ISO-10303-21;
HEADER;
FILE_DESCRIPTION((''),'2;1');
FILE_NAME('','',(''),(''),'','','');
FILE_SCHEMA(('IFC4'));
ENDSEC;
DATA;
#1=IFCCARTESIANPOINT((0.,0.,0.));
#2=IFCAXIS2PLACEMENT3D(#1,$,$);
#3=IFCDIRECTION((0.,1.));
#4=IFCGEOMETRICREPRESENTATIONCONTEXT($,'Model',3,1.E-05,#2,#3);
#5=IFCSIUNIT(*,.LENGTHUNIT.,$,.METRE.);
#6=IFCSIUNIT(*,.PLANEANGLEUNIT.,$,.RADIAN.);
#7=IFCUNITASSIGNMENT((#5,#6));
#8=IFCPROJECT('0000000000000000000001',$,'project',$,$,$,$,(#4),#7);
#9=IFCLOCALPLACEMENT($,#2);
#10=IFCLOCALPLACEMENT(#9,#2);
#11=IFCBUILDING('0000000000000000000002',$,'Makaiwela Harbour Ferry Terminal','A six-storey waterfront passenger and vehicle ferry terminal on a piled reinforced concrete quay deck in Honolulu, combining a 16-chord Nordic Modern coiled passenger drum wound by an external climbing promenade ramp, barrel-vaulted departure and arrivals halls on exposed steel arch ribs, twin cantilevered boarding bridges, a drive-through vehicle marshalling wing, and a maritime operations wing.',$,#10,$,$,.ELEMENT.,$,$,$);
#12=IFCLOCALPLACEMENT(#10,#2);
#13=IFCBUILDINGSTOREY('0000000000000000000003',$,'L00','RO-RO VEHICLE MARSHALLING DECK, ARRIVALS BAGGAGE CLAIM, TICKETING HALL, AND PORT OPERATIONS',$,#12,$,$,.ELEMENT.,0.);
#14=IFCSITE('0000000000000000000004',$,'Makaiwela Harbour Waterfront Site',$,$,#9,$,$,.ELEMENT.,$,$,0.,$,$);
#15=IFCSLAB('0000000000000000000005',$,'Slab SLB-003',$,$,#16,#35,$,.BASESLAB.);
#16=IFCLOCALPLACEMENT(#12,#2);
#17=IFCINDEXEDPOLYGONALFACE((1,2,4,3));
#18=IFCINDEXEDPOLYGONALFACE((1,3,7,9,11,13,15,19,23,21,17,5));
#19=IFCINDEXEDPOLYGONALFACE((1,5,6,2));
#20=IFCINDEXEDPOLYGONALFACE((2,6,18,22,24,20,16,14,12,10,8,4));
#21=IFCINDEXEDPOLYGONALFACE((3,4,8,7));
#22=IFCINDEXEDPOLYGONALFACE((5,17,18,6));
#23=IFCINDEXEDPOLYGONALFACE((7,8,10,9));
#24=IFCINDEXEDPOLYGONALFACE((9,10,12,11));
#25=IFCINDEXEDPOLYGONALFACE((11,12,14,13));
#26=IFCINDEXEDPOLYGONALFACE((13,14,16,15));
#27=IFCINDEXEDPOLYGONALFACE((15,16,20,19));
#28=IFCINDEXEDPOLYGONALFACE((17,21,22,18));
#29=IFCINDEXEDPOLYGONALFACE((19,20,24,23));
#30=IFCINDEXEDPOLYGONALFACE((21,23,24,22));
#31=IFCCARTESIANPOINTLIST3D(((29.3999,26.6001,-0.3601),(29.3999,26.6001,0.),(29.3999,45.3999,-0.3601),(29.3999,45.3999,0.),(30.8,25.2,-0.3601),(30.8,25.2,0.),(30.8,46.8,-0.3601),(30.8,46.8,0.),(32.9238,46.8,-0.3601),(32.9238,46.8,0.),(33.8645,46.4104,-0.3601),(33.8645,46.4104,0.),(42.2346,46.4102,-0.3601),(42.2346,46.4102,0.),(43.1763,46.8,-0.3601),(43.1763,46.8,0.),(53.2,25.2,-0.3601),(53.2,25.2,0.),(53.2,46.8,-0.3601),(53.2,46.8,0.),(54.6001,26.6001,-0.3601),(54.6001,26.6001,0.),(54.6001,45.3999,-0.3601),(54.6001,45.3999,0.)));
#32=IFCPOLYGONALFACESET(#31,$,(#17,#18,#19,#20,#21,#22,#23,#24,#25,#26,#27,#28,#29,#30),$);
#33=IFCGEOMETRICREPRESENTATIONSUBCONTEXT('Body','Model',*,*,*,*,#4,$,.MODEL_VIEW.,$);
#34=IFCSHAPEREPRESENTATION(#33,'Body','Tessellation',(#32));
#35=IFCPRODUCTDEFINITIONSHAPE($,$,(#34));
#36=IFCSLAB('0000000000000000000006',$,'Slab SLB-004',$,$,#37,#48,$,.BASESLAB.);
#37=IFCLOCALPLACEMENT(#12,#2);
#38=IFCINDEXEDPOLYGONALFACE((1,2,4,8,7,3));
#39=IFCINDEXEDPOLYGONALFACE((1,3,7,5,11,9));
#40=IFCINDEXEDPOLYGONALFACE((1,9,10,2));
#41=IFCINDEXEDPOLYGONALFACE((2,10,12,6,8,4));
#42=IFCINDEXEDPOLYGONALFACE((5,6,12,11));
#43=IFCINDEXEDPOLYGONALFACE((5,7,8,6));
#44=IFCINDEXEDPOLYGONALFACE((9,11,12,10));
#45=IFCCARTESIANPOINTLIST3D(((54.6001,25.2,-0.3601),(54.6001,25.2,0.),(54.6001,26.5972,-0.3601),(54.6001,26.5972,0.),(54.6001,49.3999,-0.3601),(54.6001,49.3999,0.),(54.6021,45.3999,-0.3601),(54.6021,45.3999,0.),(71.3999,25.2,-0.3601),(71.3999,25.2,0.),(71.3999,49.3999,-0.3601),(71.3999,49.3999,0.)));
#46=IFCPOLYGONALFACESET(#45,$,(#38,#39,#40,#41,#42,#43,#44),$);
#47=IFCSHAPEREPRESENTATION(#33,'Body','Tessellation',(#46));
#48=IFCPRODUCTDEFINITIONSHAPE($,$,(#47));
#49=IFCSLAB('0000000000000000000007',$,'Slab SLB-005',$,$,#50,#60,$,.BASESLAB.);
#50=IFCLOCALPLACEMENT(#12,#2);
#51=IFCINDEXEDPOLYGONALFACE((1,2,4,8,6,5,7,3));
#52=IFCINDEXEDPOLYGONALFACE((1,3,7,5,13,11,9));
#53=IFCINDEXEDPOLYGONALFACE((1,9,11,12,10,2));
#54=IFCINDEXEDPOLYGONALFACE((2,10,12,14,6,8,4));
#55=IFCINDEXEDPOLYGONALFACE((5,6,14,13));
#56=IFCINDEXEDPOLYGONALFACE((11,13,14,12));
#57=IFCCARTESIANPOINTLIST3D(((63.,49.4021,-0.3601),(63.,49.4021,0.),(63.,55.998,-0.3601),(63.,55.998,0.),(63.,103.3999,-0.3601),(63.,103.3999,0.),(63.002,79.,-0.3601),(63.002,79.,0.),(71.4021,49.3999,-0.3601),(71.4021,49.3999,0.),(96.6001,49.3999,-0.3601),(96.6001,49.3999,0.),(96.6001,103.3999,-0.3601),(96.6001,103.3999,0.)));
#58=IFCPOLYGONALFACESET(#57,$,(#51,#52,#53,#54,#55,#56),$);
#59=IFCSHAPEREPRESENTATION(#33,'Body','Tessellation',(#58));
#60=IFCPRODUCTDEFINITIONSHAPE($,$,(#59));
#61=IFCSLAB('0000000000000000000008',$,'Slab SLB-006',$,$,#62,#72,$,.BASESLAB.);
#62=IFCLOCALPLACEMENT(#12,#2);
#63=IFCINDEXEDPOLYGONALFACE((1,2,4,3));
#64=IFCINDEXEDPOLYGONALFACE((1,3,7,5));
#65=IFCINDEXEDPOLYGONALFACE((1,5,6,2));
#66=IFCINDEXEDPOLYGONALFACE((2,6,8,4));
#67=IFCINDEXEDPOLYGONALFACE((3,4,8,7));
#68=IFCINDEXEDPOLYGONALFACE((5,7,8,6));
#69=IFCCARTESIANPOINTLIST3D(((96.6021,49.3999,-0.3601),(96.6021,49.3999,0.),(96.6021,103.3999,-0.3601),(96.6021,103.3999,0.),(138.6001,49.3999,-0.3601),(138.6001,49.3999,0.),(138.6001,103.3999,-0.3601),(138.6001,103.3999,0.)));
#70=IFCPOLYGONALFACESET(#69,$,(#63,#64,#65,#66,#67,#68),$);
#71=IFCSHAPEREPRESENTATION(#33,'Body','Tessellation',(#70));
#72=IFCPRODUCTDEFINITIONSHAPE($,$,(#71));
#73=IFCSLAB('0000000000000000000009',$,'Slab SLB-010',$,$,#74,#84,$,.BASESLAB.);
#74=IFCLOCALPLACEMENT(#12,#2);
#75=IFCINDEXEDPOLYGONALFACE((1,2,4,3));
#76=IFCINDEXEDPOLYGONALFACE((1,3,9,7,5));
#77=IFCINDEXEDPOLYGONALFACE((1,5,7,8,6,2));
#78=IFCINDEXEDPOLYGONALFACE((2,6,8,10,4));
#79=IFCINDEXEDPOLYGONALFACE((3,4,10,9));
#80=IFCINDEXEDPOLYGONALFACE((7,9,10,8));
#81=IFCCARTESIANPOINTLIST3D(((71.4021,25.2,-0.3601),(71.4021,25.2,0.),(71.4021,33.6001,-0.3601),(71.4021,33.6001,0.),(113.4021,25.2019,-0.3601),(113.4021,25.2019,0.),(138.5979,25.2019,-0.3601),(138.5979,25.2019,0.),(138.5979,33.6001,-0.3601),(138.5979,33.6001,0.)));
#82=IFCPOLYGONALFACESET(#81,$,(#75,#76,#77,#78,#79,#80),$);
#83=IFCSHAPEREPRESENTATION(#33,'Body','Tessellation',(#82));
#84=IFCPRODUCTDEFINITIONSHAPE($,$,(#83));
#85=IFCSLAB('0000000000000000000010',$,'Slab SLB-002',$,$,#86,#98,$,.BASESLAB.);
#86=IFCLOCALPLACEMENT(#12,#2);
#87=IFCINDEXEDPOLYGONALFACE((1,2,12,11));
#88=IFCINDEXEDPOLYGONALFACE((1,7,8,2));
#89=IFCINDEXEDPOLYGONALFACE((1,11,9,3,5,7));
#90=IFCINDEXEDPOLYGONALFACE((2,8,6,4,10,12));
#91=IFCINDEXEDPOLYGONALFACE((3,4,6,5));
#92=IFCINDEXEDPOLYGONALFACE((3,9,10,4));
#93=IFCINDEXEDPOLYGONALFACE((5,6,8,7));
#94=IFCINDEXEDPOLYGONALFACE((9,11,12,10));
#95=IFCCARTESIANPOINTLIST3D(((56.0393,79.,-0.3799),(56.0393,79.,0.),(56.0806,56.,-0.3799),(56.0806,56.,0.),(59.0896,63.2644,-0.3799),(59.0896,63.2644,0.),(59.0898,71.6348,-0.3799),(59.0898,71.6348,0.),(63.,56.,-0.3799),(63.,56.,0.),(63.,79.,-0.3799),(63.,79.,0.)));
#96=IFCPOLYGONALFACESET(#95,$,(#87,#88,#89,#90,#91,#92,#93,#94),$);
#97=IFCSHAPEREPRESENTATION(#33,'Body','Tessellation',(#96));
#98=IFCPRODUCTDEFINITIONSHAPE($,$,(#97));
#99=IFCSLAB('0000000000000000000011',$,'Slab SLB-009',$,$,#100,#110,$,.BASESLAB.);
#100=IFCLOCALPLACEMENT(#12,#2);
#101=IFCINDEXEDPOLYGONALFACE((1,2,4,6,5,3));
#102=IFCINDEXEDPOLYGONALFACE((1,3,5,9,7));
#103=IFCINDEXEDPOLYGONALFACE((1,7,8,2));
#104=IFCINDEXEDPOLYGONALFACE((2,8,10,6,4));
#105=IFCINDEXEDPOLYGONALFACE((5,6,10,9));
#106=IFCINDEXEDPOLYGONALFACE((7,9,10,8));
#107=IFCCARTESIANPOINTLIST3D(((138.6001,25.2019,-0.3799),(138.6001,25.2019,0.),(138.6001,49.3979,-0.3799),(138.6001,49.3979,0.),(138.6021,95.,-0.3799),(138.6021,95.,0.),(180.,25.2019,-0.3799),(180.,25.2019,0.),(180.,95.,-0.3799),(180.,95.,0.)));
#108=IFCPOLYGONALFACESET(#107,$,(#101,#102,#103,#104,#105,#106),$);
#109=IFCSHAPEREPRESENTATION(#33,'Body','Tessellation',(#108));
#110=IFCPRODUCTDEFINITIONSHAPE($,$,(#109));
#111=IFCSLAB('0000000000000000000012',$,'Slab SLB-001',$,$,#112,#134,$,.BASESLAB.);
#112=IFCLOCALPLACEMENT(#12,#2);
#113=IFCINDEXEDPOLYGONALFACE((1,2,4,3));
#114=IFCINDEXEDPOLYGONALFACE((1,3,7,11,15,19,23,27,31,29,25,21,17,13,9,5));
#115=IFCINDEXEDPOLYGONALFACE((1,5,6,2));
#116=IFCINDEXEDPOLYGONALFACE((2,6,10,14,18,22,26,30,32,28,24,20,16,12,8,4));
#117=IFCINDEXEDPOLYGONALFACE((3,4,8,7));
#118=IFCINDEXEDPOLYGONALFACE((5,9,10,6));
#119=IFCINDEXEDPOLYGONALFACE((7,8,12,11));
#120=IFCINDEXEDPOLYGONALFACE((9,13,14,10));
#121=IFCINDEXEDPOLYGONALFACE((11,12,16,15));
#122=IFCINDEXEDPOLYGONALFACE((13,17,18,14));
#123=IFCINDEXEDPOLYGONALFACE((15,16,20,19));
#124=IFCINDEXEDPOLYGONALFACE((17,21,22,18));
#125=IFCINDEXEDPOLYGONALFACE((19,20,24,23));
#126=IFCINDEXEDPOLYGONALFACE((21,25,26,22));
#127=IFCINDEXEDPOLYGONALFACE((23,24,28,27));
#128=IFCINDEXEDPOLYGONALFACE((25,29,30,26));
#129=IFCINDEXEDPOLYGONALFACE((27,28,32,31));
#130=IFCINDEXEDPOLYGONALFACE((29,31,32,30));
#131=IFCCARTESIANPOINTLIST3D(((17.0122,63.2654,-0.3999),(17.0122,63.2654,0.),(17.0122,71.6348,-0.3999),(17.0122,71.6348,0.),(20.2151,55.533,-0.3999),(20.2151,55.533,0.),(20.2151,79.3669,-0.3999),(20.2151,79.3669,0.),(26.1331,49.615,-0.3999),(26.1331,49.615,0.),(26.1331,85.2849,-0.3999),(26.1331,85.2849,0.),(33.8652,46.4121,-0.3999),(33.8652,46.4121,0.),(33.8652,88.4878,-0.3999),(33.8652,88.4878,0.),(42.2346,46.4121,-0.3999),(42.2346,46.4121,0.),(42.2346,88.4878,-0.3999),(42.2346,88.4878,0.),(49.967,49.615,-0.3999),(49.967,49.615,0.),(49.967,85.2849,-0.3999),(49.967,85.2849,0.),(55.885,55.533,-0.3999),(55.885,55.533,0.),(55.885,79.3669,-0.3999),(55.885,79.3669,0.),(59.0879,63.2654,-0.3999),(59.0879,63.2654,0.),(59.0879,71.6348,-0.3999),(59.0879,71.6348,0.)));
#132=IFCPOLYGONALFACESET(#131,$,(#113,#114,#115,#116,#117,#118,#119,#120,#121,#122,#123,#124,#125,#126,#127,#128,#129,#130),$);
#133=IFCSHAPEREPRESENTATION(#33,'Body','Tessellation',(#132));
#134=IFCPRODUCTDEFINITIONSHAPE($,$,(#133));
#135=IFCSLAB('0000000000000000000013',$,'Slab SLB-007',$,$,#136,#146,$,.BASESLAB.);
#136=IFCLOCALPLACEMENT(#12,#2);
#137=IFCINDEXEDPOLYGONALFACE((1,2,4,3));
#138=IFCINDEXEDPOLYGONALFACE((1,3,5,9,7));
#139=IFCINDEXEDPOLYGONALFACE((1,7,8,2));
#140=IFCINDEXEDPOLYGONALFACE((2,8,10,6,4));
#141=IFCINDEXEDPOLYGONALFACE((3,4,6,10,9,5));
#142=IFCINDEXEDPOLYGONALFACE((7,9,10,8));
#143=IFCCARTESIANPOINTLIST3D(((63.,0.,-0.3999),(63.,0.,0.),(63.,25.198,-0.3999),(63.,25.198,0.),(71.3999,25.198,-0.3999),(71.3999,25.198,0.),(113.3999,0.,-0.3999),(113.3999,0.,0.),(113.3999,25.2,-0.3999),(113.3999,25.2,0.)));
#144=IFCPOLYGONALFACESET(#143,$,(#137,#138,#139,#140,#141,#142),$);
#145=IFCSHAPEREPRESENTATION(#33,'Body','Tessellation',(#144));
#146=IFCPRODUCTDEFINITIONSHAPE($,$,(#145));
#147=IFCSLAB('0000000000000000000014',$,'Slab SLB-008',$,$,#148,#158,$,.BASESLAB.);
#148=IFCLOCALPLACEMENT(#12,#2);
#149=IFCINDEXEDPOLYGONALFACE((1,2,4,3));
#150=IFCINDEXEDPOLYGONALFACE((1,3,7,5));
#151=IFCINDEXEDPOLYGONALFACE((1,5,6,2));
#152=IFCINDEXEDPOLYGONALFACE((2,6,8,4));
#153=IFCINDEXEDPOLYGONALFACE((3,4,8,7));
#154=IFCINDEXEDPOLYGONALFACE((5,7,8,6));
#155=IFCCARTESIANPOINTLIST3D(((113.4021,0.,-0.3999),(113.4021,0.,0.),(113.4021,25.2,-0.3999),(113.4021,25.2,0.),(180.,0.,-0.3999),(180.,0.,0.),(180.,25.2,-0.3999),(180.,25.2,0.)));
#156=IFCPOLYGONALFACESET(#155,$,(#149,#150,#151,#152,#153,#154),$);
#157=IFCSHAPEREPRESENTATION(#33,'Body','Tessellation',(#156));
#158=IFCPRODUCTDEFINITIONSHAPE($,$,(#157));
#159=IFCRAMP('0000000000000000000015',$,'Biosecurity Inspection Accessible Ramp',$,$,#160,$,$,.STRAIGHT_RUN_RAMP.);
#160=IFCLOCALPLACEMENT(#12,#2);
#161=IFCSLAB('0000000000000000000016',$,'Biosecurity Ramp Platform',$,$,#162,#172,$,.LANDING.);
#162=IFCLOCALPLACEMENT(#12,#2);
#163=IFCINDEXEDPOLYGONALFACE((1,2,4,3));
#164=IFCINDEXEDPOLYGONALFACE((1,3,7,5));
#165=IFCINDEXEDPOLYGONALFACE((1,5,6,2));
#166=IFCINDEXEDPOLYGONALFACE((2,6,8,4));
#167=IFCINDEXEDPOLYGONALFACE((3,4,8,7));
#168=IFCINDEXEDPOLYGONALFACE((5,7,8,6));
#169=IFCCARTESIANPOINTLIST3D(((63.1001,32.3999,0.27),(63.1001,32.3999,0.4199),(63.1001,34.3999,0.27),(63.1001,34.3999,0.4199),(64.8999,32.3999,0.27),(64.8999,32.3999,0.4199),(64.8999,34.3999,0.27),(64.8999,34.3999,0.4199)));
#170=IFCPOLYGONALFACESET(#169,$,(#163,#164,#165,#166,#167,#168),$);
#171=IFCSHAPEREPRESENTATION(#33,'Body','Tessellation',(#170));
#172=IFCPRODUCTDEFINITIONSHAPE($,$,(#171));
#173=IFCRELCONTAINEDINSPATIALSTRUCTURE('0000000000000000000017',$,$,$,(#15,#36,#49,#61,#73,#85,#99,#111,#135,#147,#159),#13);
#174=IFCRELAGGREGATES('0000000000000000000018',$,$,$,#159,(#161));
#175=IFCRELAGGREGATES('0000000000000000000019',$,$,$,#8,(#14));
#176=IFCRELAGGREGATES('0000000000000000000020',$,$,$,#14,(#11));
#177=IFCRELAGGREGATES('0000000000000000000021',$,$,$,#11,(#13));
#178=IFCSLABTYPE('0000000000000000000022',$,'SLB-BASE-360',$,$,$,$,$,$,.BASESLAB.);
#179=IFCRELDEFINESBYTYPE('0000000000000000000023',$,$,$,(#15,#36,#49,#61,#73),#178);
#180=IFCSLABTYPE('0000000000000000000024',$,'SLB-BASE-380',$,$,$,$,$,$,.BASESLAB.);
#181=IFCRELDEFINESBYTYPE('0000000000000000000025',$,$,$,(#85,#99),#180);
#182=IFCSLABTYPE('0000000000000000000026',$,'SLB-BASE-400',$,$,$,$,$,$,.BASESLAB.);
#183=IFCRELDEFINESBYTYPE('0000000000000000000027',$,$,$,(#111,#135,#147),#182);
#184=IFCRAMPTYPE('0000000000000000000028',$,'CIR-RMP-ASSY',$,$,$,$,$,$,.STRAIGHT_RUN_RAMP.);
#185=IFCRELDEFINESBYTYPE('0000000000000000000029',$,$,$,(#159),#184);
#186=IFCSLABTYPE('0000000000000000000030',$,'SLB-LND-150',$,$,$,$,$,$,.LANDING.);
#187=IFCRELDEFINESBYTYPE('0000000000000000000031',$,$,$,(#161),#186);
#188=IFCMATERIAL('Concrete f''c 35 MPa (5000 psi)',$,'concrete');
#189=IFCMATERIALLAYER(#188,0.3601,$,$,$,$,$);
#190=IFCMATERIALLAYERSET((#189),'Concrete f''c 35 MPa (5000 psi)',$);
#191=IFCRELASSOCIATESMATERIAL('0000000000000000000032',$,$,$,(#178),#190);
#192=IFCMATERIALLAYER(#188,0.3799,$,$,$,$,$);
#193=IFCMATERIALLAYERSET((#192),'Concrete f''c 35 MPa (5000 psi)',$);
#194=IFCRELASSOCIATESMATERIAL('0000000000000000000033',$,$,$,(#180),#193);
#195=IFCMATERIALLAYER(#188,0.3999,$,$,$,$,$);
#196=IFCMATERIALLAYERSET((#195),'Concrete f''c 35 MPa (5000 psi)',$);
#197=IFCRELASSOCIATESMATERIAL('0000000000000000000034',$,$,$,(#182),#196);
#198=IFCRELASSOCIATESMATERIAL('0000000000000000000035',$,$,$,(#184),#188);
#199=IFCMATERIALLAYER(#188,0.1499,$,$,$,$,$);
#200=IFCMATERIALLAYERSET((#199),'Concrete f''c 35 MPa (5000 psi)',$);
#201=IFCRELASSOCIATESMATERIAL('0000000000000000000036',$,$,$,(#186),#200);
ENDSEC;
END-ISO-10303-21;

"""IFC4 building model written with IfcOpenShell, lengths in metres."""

from ifc_helpers import new_model, si_unit, direction, frame, origin, place, context, subcontext, project, spatial, polyline, outline, extrude, material, layer, layer_set, type_object, element, aggregate, save


model = new_model("IFC4")

# Units and contexts
model_context = context("Model", 3, precision=1e-05, world=origin(), true_north=direction((0.0, 1.0)))
body_context = subcontext(model_context, "Body", "Model", "MODEL_VIEW")
ifc_project = project(units=[si_unit("LENGTHUNIT", "METRE"), si_unit("PLANEANGLEUNIT", "RADIAN")], contexts=[model_context])

# Site, building, storey
site_placement = place(None, origin())
site = spatial("IfcSite", under=ifc_project, at=site_placement, Name="Makaiwela Harbour Waterfront Site", CompositionType="ELEMENT", RefElevation=0.0)
building_placement = place(site_placement, origin())
building = spatial("IfcBuilding", under=site, at=building_placement, Name="Makaiwela Harbour Ferry Terminal", Description="A six-storey waterfront passenger and vehicle ferry terminal on a piled reinforced concrete quay deck in Honolulu, combining a 16-chord Nordic Modern coiled passenger drum wound by an external climbing promenade ramp, barrel-vaulted departure and arrivals halls on exposed steel arch ribs, twin cantilevered boarding bridges, a drive-through vehicle marshalling wing, and a maritime operations wing.", CompositionType="ELEMENT")
storey_placement = place(building_placement, origin())
storey = spatial("IfcBuildingStorey", under=building, at=storey_placement, Name="L00", Description="RO-RO VEHICLE MARSHALLING DECK, ARRIVALS BAGGAGE CLAIM, TICKETING HALL, AND PORT OPERATIONS", CompositionType="ELEMENT", Elevation=0.0)

# Slabs
ifc_material_1 = material(Name="Concrete f'c 35 MPa (5000 psi)", Category="concrete")
ifc_layer_1 = layer(ifc_material_1, 0.3601)
ifc_layer_set_1 = layer_set([ifc_layer_1], Name="Concrete f'c 35 MPa (5000 psi)")
slab_type_1 = type_object("IfcSlabType", Name="SLB-BASE-360", PredefinedType="BASESLAB", material=ifc_layer_set_1)
slab_1_placement = place(storey_placement, frame((0.0, 0.0, -0.3601)))
element("IfcSlab", 1, at=slab_1_placement, inside=storey, type_object=slab_type_1, Name="Slab SLB-003", PredefinedType="BASESLAB", context=body_context, shape_type="SweptSolid", body=[
    extrude(outline(polyline([(43.1763, 46.8), (42.2346, 46.4102), (33.8645, 46.4104), (32.9238, 46.8), (30.8, 46.8), (29.3999, 45.3999), (29.3999, 26.6001), (30.8, 25.2), (53.2, 25.2), (54.6001, 26.6001), (54.6001, 45.3999), (53.2, 46.8), (43.1763, 46.8)])), origin(), (0.0, 0.0, 1.0), 0.3601),
])
slab_2_placement = place(storey_placement, frame((0.0, 0.0, -0.3601)))
element("IfcSlab", 2, at=slab_2_placement, inside=storey, type_object=slab_type_1, Name="Slab SLB-004", PredefinedType="BASESLAB", context=body_context, shape_type="SweptSolid", body=[
    extrude(outline(polyline([(54.6021, 45.3999), (54.6001, 26.5972), (54.6001, 25.2), (71.3999, 25.2), (71.3999, 49.3999), (54.6001, 49.3999), (54.6021, 45.3999)])), origin(), (0.0, 0.0, 1.0), 0.3601),
])
slab_3_placement = place(storey_placement, frame((0.0, 0.0, -0.3601)))
element("IfcSlab", 3, at=slab_3_placement, inside=storey, type_object=slab_type_1, Name="Slab SLB-005", PredefinedType="BASESLAB", context=body_context, shape_type="SweptSolid", body=[
    extrude(outline(polyline([(63.002, 79.0), (63.0, 55.998), (63.0, 49.4021), (71.4021, 49.3999), (96.6001, 49.3999), (96.6001, 103.3999), (63.0, 103.3999), (63.002, 79.0)])), origin(), (0.0, 0.0, 1.0), 0.3601),
])
slab_4_placement = place(storey_placement, frame((0.0, 0.0, -0.3601)))
element("IfcSlab", 4, at=slab_4_placement, inside=storey, type_object=slab_type_1, Name="Slab SLB-006", PredefinedType="BASESLAB", context=body_context, shape_type="SweptSolid", body=[
    extrude(outline(polyline([(96.6021, 103.3999), (96.6021, 49.3999), (138.6001, 49.3999), (138.6001, 103.3999), (96.6021, 103.3999)])), origin(), (0.0, 0.0, 1.0), 0.3601),
])
slab_5_placement = place(storey_placement, frame((0.0, 0.0, -0.3601)))
element("IfcSlab", 5, at=slab_5_placement, inside=storey, type_object=slab_type_1, Name="Slab SLB-010", PredefinedType="BASESLAB", context=body_context, shape_type="SweptSolid", body=[
    extrude(outline(polyline([(71.4021, 33.6001), (71.4021, 25.2), (113.4021, 25.2019), (138.5979, 25.2019), (138.5979, 33.6001), (71.4021, 33.6001)])), origin(), (0.0, 0.0, 1.0), 0.3601),
])
ifc_layer_2 = layer(ifc_material_1, 0.3799)
ifc_layer_set_2 = layer_set([ifc_layer_2], Name="Concrete f'c 35 MPa (5000 psi)")
slab_type_2 = type_object("IfcSlabType", Name="SLB-BASE-380", PredefinedType="BASESLAB", material=ifc_layer_set_2)
slab_6_placement = place(storey_placement, frame((0.0, 0.0, -0.3799)))
element("IfcSlab", 6, at=slab_6_placement, inside=storey, type_object=slab_type_2, Name="Slab SLB-002", PredefinedType="BASESLAB", context=body_context, shape_type="SweptSolid", body=[
    extrude(outline(polyline([(56.0393, 79.0), (59.0898, 71.6348), (59.0896, 63.2644), (56.0806, 56.0), (63.0, 56.0), (63.0, 79.0), (56.0393, 79.0)])), origin(), (0.0, 0.0, 1.0), 0.3799),
])
slab_7_placement = place(storey_placement, frame((0.0, 0.0, -0.3799)))
element("IfcSlab", 7, at=slab_7_placement, inside=storey, type_object=slab_type_2, Name="Slab SLB-009", PredefinedType="BASESLAB", context=body_context, shape_type="SweptSolid", body=[
    extrude(outline(polyline([(138.6021, 95.0), (138.6001, 49.3979), (138.6001, 25.2019), (180.0, 25.2019), (180.0, 95.0), (138.6021, 95.0)])), origin(), (0.0, 0.0, 1.0), 0.3799),
])
ifc_layer_3 = layer(ifc_material_1, 0.3999)
ifc_layer_set_3 = layer_set([ifc_layer_3], Name="Concrete f'c 35 MPa (5000 psi)")
slab_type_3 = type_object("IfcSlabType", Name="SLB-BASE-400", PredefinedType="BASESLAB", material=ifc_layer_set_3)
slab_8_placement = place(storey_placement, frame((0.0, 0.0, -0.3999)))
element("IfcSlab", 8, at=slab_8_placement, inside=storey, type_object=slab_type_3, Name="Slab SLB-001", PredefinedType="BASESLAB", context=body_context, shape_type="SweptSolid", body=[
    extrude(outline(polyline([(59.0879, 71.6348), (55.885, 79.3669), (49.967, 85.2849), (42.2346, 88.4878), (33.8652, 88.4878), (26.1331, 85.2849), (20.2151, 79.3669), (17.0122, 71.6348), (17.0122, 63.2654), (20.2151, 55.533), (26.1331, 49.615), (33.8652, 46.4121), (42.2346, 46.4121), (49.967, 49.615), (55.885, 55.533), (59.0879, 63.2654), (59.0879, 71.6348)])), origin(), (0.0, 0.0, 1.0), 0.3999),
])
slab_9_placement = place(storey_placement, frame((0.0, 0.0, -0.3999)))
element("IfcSlab", 9, at=slab_9_placement, inside=storey, type_object=slab_type_3, Name="Slab SLB-007", PredefinedType="BASESLAB", context=body_context, shape_type="SweptSolid", body=[
    extrude(outline(polyline([(71.3999, 25.198), (63.0, 25.198), (63.0, 0.0), (113.3999, 0.0), (113.3999, 25.2), (71.3999, 25.198)])), origin(), (0.0, 0.0, 1.0), 0.3999),
])
slab_10_placement = place(storey_placement, frame((0.0, 0.0, -0.3999)))
element("IfcSlab", 10, at=slab_10_placement, inside=storey, type_object=slab_type_3, Name="Slab SLB-008", PredefinedType="BASESLAB", context=body_context, shape_type="SweptSolid", body=[
    extrude(outline(polyline([(113.4021, 25.2), (113.4021, 0.0), (180.0, 0.0), (180.0, 25.2), (113.4021, 25.2)])), origin(), (0.0, 0.0, 1.0), 0.3999),
])

# Ramp, slab
ramp_type = type_object("IfcRampType", Name="CIR-RMP-ASSY", PredefinedType="STRAIGHT_RUN_RAMP", material=ifc_material_1)
ramp_1_placement = place(storey_placement, origin())
ramp_1 = element("IfcRamp", 11, at=ramp_1_placement, inside=storey, type_object=ramp_type, Name="Biosecurity Inspection Accessible Ramp", PredefinedType="STRAIGHT_RUN_RAMP")
ifc_layer_4 = layer(ifc_material_1, 0.1499)
ifc_layer_set_4 = layer_set([ifc_layer_4], Name="Concrete f'c 35 MPa (5000 psi)")
slab_type_4 = type_object("IfcSlabType", Name="SLB-LND-150", PredefinedType="LANDING", material=ifc_layer_set_4)
slab_11_placement = place(storey_placement, frame((0.0, 0.0, 0.27)))
slab_11 = element("IfcSlab", 12, at=slab_11_placement, type_object=slab_type_4, Name="Biosecurity Ramp Platform", PredefinedType="LANDING", context=body_context, shape_type="SweptSolid", body=[
    extrude(outline(polyline([(63.1001, 32.3999), (64.8999, 32.3999), (64.8999, 34.3999), (63.1001, 34.3999), (63.1001, 32.3999)])), origin(), (0.0, 0.0, 1.0), 0.1499),
])
aggregate(ramp_1, [slab_11])

save(model, "model.ifc")
